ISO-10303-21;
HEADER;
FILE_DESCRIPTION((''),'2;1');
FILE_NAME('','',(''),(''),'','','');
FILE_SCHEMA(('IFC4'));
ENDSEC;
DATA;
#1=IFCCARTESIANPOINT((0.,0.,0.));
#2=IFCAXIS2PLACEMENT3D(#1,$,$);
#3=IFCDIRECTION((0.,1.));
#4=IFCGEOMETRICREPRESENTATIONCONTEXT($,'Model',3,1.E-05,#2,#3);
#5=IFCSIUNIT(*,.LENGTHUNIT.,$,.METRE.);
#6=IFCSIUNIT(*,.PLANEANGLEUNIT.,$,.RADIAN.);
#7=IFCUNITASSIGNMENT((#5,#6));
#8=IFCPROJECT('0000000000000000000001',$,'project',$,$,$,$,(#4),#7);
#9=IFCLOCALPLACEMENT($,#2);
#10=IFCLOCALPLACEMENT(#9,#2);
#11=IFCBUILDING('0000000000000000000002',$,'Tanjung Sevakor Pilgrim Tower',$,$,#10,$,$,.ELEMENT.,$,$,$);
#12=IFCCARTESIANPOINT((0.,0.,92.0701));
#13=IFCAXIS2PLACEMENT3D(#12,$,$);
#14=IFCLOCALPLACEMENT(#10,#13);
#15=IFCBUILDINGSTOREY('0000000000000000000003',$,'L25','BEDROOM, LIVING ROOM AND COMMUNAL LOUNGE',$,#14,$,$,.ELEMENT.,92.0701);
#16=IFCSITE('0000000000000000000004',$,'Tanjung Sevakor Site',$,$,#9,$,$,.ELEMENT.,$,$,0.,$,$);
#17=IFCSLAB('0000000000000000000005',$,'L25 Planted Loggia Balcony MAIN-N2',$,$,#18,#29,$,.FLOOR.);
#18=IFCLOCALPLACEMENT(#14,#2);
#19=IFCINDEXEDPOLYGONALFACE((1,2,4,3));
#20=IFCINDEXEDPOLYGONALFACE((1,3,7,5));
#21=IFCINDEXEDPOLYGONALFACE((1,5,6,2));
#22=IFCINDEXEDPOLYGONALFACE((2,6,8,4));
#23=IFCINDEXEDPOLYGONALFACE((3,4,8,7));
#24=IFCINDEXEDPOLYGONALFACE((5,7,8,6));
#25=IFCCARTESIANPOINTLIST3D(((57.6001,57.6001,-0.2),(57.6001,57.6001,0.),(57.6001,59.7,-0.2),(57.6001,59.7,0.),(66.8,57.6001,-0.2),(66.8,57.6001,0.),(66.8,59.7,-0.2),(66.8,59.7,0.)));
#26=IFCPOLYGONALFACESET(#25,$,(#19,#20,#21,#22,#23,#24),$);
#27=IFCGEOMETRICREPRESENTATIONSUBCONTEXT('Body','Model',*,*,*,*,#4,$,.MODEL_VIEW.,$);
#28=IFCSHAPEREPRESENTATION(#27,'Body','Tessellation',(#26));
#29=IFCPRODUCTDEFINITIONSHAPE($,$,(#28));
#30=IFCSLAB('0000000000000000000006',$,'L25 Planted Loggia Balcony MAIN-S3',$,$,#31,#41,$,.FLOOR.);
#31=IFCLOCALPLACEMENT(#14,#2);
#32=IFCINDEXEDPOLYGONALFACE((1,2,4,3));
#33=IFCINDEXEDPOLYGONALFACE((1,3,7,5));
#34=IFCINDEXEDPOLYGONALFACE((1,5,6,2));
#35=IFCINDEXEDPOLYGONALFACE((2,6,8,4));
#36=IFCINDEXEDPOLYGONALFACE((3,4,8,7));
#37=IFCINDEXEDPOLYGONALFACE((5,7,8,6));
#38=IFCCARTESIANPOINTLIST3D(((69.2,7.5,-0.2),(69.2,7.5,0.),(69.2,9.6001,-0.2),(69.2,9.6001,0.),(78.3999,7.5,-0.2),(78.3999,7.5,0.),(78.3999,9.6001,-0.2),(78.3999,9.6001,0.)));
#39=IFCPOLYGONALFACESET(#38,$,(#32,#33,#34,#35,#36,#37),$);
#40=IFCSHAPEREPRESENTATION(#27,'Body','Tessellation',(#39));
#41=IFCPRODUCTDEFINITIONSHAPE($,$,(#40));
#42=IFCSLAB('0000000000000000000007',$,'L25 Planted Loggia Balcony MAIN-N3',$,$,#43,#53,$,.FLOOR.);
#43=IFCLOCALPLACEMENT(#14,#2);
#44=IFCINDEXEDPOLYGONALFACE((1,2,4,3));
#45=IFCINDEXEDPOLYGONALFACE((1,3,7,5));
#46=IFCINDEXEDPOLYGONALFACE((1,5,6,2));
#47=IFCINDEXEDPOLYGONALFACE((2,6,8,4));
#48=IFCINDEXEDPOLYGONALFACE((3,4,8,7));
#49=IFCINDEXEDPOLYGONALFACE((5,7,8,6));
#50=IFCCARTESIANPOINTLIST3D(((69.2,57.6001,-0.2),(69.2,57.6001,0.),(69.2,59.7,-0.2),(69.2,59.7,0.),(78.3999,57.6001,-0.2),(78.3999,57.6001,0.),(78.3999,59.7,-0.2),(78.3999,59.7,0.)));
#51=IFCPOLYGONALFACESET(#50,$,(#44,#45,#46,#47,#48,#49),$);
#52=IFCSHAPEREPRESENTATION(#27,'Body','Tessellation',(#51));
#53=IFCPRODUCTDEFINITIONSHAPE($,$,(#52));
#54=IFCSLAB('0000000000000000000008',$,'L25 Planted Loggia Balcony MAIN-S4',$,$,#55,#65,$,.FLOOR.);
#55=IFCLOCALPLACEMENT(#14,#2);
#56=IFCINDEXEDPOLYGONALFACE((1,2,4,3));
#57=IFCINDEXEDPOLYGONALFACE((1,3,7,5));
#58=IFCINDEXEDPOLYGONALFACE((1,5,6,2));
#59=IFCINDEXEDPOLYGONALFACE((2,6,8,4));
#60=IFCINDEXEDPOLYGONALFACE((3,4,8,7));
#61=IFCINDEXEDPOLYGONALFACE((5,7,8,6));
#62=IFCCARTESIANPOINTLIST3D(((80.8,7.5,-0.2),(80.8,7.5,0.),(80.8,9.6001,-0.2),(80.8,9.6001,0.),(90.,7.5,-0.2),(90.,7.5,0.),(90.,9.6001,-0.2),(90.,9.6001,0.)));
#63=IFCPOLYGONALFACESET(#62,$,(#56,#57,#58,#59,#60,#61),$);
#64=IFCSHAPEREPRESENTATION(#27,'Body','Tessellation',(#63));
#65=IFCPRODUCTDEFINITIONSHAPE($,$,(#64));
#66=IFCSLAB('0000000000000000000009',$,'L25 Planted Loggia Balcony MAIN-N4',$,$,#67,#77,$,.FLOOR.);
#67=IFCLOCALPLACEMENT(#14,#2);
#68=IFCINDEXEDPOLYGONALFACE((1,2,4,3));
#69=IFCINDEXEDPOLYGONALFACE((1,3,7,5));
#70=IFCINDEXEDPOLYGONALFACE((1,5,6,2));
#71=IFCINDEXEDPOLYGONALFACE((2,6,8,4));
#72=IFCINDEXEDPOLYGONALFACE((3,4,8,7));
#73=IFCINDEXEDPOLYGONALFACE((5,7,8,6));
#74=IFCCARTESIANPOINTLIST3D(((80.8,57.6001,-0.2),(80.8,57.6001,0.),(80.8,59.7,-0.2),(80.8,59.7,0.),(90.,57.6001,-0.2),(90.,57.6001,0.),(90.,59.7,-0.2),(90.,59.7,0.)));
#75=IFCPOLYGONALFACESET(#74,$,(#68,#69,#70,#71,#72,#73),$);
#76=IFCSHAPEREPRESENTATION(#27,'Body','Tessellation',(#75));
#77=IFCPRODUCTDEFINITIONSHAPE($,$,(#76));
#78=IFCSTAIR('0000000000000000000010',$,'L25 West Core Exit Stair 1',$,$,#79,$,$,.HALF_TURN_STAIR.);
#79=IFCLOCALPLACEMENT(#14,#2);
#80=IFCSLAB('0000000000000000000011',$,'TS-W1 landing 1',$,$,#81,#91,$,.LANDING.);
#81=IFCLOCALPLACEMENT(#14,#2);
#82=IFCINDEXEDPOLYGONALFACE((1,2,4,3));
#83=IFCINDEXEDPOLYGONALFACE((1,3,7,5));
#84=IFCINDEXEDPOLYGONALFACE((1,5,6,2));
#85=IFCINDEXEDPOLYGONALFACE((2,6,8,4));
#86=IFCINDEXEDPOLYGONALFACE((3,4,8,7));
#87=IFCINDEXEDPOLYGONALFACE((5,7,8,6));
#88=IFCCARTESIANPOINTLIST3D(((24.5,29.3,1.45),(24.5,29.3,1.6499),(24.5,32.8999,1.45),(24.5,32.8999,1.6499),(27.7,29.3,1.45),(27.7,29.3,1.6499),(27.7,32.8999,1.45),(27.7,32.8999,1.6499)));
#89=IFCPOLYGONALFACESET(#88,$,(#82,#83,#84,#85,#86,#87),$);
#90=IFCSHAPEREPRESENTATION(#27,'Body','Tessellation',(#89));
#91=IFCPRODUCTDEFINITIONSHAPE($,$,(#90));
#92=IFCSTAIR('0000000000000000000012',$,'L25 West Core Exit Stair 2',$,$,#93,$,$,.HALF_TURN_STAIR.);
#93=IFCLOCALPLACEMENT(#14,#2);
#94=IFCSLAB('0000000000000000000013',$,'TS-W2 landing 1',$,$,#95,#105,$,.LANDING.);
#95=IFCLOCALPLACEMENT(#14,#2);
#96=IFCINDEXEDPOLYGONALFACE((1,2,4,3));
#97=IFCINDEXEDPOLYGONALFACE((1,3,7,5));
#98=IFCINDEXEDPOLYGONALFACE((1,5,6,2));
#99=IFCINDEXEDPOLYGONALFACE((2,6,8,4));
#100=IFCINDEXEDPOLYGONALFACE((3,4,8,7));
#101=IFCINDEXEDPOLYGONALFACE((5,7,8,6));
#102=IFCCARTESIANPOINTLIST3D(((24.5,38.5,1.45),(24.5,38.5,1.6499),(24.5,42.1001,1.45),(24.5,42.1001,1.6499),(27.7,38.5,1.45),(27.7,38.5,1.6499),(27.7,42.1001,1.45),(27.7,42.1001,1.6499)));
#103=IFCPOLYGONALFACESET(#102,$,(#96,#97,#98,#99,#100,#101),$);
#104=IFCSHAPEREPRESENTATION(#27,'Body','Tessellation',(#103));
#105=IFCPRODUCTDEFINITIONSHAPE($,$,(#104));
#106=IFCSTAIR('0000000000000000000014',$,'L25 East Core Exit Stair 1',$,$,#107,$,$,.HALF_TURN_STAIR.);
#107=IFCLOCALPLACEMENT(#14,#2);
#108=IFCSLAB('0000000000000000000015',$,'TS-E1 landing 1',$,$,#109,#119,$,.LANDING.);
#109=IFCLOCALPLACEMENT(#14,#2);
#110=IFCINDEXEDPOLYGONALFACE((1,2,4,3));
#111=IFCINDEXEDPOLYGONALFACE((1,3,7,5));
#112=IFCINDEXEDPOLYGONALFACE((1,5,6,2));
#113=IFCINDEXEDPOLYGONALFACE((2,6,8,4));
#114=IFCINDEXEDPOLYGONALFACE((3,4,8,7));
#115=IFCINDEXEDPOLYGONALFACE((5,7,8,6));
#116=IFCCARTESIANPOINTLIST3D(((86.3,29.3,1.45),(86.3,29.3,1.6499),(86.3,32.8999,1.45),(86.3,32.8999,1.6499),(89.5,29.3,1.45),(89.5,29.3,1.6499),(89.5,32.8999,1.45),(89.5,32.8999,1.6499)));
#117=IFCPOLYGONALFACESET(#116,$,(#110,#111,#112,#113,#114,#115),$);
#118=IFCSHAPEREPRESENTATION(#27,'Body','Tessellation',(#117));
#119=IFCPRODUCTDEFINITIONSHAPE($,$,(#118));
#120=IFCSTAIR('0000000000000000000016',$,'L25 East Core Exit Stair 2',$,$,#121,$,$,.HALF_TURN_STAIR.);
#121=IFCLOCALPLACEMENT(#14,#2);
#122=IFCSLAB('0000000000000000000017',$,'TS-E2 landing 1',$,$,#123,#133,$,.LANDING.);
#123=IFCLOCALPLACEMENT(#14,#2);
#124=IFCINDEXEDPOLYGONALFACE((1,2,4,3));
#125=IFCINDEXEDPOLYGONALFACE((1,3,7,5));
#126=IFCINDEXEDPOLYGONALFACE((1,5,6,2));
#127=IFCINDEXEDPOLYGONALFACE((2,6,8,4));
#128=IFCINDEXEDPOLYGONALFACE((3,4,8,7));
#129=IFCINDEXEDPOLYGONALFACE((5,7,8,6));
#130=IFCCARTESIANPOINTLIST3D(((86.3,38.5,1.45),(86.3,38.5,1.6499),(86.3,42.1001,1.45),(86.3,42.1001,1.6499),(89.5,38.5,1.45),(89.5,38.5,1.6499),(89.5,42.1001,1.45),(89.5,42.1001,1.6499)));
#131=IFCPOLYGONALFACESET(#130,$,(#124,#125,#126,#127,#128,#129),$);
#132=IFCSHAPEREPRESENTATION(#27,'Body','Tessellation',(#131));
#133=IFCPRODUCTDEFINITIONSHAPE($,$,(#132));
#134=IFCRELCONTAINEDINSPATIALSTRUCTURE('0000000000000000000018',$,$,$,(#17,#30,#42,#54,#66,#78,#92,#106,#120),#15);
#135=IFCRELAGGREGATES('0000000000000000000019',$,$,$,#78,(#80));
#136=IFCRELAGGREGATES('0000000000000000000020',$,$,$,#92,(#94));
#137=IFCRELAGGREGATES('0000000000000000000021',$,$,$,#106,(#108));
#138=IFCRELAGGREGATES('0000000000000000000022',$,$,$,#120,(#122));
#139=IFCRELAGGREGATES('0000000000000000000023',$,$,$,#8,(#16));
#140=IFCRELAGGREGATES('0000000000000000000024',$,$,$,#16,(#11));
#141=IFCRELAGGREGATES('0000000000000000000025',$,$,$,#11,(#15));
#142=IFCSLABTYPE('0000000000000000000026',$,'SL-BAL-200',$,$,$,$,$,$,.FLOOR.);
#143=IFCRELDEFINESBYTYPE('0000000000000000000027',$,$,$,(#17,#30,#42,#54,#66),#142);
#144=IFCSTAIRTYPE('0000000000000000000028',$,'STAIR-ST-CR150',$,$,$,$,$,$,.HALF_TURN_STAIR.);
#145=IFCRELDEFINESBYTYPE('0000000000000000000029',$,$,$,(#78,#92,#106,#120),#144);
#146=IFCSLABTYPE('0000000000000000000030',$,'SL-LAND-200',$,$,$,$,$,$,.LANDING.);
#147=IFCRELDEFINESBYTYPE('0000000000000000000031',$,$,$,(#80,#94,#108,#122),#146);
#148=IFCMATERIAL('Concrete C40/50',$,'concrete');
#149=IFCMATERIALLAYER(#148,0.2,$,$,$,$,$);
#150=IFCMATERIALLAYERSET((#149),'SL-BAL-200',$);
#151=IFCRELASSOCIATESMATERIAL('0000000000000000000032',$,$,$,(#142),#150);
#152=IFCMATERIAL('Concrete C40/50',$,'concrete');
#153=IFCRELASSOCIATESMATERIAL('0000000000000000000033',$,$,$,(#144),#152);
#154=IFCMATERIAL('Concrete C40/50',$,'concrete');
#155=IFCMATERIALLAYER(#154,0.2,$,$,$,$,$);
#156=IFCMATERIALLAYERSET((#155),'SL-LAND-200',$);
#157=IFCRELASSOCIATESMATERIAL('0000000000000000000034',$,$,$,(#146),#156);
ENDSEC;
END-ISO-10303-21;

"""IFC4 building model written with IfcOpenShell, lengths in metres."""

from ifc_helpers import new_model, si_unit, direction, frame, origin, place, context, subcontext, project, spatial, polyline, outline, extrude, material, layer, layer_set, type_object, element, aggregate, save


model = new_model("IFC4")

# Units and contexts
model_context = context("Model", 3, precision=1e-05, world=origin(), true_north=direction((0.0, 1.0)))
body_context = subcontext(model_context, "Body", "Model", "MODEL_VIEW")
ifc_project = project(units=[si_unit("LENGTHUNIT", "METRE"), si_unit("PLANEANGLEUNIT", "RADIAN")], contexts=[model_context])

# Site, building, storey
site_placement = place(None, origin())
site = spatial("IfcSite", under=ifc_project, at=site_placement, Name="Tanjung Sevakor Site", CompositionType="ELEMENT", RefElevation=0.0)
building_placement = place(site_placement, origin())
building = spatial("IfcBuilding", under=site, at=building_placement, Name="Tanjung Sevakor Pilgrim Tower", CompositionType="ELEMENT")
storey_placement = place(building_placement, frame((0.0, 0.0, 92.0701)))
storey = spatial("IfcBuildingStorey", under=building, at=storey_placement, Name="L25", Description="BEDROOM, LIVING ROOM AND COMMUNAL LOUNGE", CompositionType="ELEMENT", Elevation=92.0701)

# Slabs
ifc_material_1 = material(Name="Concrete C40/50", Category="concrete")
ifc_layer_1 = layer(ifc_material_1, 0.2)
ifc_layer_set_1 = layer_set([ifc_layer_1], Name="SL-BAL-200")
slab_type_1 = type_object("IfcSlabType", Name="SL-BAL-200", PredefinedType="FLOOR", material=ifc_layer_set_1)
slab_1_placement = place(storey_placement, frame((0.0, 0.0, -0.2)))
element("IfcSlab", 1, at=slab_1_placement, inside=storey, type_object=slab_type_1, Name="L25 Planted Loggia Balcony MAIN-N2", PredefinedType="FLOOR", context=body_context, shape_type="SweptSolid", body=[
    extrude(outline(polyline([(57.6001, 57.6001), (66.8, 57.6001), (66.8, 59.7), (57.6001, 59.7), (57.6001, 57.6001)])), origin(), (0.0, 0.0, 1.0), 0.2),
])
slab_2_placement = place(storey_placement, frame((0.0, 0.0, -0.2)))
element("IfcSlab", 2, at=slab_2_placement, inside=storey, type_object=slab_type_1, Name="L25 Planted Loggia Balcony MAIN-S3", PredefinedType="FLOOR", context=body_context, shape_type="SweptSolid", body=[
    extrude(outline(polyline([(69.2, 7.5), (78.3999, 7.5), (78.3999, 9.6001), (69.2, 9.6001), (69.2, 7.5)])), origin(), (0.0, 0.0, 1.0), 0.2),
])
slab_3_placement = place(storey_placement, frame((0.0, 0.0, -0.2)))
element("IfcSlab", 3, at=slab_3_placement, inside=storey, type_object=slab_type_1, Name="L25 Planted Loggia Balcony MAIN-N3", PredefinedType="FLOOR", context=body_context, shape_type="SweptSolid", body=[
    extrude(outline(polyline([(69.2, 57.6001), (78.3999, 57.6001), (78.3999, 59.7), (69.2, 59.7), (69.2, 57.6001)])), origin(), (0.0, 0.0, 1.0), 0.2),
])
slab_4_placement = place(storey_placement, frame((0.0, 0.0, -0.2)))
element("IfcSlab", 4, at=slab_4_placement, inside=storey, type_object=slab_type_1, Name="L25 Planted Loggia Balcony MAIN-S4", PredefinedType="FLOOR", context=body_context, shape_type="SweptSolid", body=[
    extrude(outline(polyline([(80.8, 7.5), (90.0, 7.5), (90.0, 9.6001), (80.8, 9.6001), (80.8, 7.5)])), origin(), (0.0, 0.0, 1.0), 0.2),
])
slab_5_placement = place(storey_placement, frame((0.0, 0.0, -0.2)))
element("IfcSlab", 5, at=slab_5_placement, inside=storey, type_object=slab_type_1, Name="L25 Planted Loggia Balcony MAIN-N4", PredefinedType="FLOOR", context=body_context, shape_type="SweptSolid", body=[
    extrude(outline(polyline([(80.8, 57.6001), (90.0, 57.6001), (90.0, 59.7), (80.8, 59.7), (80.8, 57.6001)])), origin(), (0.0, 0.0, 1.0), 0.2),
])

# Stairs, slabs
ifc_material_2 = material(Name="Concrete C40/50", Category="concrete")
stair_type = type_object("IfcStairType", Name="STAIR-ST-CR150", PredefinedType="HALF_TURN_STAIR", material=ifc_material_2)
stair_1_placement = place(storey_placement, origin())
stair_1 = element("IfcStair", 6, at=stair_1_placement, inside=storey, type_object=stair_type, Name="L25 West Core Exit Stair 1", PredefinedType="HALF_TURN_STAIR")
ifc_material_3 = material(Name="Concrete C40/50", Category="concrete")
ifc_layer_2 = layer(ifc_material_3, 0.2)
ifc_layer_set_2 = layer_set([ifc_layer_2], Name="SL-LAND-200")
slab_type_2 = type_object("IfcSlabType", Name="SL-LAND-200", PredefinedType="LANDING", material=ifc_layer_set_2)
slab_6_placement = place(storey_placement, frame((0.0, 0.0, 1.45)))
slab_6 = element("IfcSlab", 7, at=slab_6_placement, type_object=slab_type_2, Name="TS-W1 landing 1", PredefinedType="LANDING", context=body_context, shape_type="SweptSolid", body=[
    extrude(outline(polyline([(27.7, 29.3), (27.7, 32.8999), (24.5, 32.8999), (24.5, 29.3), (27.7, 29.3)])), origin(), (0.0, 0.0, 1.0), 0.2),
])
aggregate(stair_1, [slab_6])
stair_2_placement = place(storey_placement, origin())
stair_2 = element("IfcStair", 8, at=stair_2_placement, inside=storey, type_object=stair_type, Name="L25 West Core Exit Stair 2", PredefinedType="HALF_TURN_STAIR")
slab_7_placement = place(storey_placement, frame((0.0, 0.0, 1.45)))
slab_7 = element("IfcSlab", 9, at=slab_7_placement, type_object=slab_type_2, Name="TS-W2 landing 1", PredefinedType="LANDING", context=body_context, shape_type="SweptSolid", body=[
    extrude(outline(polyline([(27.7, 38.5), (27.7, 42.1001), (24.5, 42.1001), (24.5, 38.5), (27.7, 38.5)])), origin(), (0.0, 0.0, 1.0), 0.2),
])
aggregate(stair_2, [slab_7])
stair_3_placement = place(storey_placement, origin())
stair_3 = element("IfcStair", 10, at=stair_3_placement, inside=storey, type_object=stair_type, Name="L25 East Core Exit Stair 1", PredefinedType="HALF_TURN_STAIR")
slab_8_placement = place(storey_placement, frame((0.0, 0.0, 1.45)))
slab_8 = element("IfcSlab", 11, at=slab_8_placement, type_object=slab_type_2, Name="TS-E1 landing 1", PredefinedType="LANDING", context=body_context, shape_type="SweptSolid", body=[
    extrude(outline(polyline([(89.5, 29.3), (89.5, 32.8999), (86.3, 32.8999), (86.3, 29.3), (89.5, 29.3)])), origin(), (0.0, 0.0, 1.0), 0.2),
])
aggregate(stair_3, [slab_8])
stair_4_placement = place(storey_placement, origin())
stair_4 = element("IfcStair", 12, at=stair_4_placement, inside=storey, type_object=stair_type, Name="L25 East Core Exit Stair 2", PredefinedType="HALF_TURN_STAIR")
slab_9_placement = place(storey_placement, frame((0.0, 0.0, 1.45)))
slab_9 = element("IfcSlab", 13, at=slab_9_placement, type_object=slab_type_2, Name="TS-E2 landing 1", PredefinedType="LANDING", context=body_context, shape_type="SweptSolid", body=[
    extrude(outline(polyline([(89.5, 38.5), (89.5, 42.1001), (86.3, 42.1001), (86.3, 38.5), (89.5, 38.5)])), origin(), (0.0, 0.0, 1.0), 0.2),
])
aggregate(stair_4, [slab_9])

save(model, "model.ifc")
